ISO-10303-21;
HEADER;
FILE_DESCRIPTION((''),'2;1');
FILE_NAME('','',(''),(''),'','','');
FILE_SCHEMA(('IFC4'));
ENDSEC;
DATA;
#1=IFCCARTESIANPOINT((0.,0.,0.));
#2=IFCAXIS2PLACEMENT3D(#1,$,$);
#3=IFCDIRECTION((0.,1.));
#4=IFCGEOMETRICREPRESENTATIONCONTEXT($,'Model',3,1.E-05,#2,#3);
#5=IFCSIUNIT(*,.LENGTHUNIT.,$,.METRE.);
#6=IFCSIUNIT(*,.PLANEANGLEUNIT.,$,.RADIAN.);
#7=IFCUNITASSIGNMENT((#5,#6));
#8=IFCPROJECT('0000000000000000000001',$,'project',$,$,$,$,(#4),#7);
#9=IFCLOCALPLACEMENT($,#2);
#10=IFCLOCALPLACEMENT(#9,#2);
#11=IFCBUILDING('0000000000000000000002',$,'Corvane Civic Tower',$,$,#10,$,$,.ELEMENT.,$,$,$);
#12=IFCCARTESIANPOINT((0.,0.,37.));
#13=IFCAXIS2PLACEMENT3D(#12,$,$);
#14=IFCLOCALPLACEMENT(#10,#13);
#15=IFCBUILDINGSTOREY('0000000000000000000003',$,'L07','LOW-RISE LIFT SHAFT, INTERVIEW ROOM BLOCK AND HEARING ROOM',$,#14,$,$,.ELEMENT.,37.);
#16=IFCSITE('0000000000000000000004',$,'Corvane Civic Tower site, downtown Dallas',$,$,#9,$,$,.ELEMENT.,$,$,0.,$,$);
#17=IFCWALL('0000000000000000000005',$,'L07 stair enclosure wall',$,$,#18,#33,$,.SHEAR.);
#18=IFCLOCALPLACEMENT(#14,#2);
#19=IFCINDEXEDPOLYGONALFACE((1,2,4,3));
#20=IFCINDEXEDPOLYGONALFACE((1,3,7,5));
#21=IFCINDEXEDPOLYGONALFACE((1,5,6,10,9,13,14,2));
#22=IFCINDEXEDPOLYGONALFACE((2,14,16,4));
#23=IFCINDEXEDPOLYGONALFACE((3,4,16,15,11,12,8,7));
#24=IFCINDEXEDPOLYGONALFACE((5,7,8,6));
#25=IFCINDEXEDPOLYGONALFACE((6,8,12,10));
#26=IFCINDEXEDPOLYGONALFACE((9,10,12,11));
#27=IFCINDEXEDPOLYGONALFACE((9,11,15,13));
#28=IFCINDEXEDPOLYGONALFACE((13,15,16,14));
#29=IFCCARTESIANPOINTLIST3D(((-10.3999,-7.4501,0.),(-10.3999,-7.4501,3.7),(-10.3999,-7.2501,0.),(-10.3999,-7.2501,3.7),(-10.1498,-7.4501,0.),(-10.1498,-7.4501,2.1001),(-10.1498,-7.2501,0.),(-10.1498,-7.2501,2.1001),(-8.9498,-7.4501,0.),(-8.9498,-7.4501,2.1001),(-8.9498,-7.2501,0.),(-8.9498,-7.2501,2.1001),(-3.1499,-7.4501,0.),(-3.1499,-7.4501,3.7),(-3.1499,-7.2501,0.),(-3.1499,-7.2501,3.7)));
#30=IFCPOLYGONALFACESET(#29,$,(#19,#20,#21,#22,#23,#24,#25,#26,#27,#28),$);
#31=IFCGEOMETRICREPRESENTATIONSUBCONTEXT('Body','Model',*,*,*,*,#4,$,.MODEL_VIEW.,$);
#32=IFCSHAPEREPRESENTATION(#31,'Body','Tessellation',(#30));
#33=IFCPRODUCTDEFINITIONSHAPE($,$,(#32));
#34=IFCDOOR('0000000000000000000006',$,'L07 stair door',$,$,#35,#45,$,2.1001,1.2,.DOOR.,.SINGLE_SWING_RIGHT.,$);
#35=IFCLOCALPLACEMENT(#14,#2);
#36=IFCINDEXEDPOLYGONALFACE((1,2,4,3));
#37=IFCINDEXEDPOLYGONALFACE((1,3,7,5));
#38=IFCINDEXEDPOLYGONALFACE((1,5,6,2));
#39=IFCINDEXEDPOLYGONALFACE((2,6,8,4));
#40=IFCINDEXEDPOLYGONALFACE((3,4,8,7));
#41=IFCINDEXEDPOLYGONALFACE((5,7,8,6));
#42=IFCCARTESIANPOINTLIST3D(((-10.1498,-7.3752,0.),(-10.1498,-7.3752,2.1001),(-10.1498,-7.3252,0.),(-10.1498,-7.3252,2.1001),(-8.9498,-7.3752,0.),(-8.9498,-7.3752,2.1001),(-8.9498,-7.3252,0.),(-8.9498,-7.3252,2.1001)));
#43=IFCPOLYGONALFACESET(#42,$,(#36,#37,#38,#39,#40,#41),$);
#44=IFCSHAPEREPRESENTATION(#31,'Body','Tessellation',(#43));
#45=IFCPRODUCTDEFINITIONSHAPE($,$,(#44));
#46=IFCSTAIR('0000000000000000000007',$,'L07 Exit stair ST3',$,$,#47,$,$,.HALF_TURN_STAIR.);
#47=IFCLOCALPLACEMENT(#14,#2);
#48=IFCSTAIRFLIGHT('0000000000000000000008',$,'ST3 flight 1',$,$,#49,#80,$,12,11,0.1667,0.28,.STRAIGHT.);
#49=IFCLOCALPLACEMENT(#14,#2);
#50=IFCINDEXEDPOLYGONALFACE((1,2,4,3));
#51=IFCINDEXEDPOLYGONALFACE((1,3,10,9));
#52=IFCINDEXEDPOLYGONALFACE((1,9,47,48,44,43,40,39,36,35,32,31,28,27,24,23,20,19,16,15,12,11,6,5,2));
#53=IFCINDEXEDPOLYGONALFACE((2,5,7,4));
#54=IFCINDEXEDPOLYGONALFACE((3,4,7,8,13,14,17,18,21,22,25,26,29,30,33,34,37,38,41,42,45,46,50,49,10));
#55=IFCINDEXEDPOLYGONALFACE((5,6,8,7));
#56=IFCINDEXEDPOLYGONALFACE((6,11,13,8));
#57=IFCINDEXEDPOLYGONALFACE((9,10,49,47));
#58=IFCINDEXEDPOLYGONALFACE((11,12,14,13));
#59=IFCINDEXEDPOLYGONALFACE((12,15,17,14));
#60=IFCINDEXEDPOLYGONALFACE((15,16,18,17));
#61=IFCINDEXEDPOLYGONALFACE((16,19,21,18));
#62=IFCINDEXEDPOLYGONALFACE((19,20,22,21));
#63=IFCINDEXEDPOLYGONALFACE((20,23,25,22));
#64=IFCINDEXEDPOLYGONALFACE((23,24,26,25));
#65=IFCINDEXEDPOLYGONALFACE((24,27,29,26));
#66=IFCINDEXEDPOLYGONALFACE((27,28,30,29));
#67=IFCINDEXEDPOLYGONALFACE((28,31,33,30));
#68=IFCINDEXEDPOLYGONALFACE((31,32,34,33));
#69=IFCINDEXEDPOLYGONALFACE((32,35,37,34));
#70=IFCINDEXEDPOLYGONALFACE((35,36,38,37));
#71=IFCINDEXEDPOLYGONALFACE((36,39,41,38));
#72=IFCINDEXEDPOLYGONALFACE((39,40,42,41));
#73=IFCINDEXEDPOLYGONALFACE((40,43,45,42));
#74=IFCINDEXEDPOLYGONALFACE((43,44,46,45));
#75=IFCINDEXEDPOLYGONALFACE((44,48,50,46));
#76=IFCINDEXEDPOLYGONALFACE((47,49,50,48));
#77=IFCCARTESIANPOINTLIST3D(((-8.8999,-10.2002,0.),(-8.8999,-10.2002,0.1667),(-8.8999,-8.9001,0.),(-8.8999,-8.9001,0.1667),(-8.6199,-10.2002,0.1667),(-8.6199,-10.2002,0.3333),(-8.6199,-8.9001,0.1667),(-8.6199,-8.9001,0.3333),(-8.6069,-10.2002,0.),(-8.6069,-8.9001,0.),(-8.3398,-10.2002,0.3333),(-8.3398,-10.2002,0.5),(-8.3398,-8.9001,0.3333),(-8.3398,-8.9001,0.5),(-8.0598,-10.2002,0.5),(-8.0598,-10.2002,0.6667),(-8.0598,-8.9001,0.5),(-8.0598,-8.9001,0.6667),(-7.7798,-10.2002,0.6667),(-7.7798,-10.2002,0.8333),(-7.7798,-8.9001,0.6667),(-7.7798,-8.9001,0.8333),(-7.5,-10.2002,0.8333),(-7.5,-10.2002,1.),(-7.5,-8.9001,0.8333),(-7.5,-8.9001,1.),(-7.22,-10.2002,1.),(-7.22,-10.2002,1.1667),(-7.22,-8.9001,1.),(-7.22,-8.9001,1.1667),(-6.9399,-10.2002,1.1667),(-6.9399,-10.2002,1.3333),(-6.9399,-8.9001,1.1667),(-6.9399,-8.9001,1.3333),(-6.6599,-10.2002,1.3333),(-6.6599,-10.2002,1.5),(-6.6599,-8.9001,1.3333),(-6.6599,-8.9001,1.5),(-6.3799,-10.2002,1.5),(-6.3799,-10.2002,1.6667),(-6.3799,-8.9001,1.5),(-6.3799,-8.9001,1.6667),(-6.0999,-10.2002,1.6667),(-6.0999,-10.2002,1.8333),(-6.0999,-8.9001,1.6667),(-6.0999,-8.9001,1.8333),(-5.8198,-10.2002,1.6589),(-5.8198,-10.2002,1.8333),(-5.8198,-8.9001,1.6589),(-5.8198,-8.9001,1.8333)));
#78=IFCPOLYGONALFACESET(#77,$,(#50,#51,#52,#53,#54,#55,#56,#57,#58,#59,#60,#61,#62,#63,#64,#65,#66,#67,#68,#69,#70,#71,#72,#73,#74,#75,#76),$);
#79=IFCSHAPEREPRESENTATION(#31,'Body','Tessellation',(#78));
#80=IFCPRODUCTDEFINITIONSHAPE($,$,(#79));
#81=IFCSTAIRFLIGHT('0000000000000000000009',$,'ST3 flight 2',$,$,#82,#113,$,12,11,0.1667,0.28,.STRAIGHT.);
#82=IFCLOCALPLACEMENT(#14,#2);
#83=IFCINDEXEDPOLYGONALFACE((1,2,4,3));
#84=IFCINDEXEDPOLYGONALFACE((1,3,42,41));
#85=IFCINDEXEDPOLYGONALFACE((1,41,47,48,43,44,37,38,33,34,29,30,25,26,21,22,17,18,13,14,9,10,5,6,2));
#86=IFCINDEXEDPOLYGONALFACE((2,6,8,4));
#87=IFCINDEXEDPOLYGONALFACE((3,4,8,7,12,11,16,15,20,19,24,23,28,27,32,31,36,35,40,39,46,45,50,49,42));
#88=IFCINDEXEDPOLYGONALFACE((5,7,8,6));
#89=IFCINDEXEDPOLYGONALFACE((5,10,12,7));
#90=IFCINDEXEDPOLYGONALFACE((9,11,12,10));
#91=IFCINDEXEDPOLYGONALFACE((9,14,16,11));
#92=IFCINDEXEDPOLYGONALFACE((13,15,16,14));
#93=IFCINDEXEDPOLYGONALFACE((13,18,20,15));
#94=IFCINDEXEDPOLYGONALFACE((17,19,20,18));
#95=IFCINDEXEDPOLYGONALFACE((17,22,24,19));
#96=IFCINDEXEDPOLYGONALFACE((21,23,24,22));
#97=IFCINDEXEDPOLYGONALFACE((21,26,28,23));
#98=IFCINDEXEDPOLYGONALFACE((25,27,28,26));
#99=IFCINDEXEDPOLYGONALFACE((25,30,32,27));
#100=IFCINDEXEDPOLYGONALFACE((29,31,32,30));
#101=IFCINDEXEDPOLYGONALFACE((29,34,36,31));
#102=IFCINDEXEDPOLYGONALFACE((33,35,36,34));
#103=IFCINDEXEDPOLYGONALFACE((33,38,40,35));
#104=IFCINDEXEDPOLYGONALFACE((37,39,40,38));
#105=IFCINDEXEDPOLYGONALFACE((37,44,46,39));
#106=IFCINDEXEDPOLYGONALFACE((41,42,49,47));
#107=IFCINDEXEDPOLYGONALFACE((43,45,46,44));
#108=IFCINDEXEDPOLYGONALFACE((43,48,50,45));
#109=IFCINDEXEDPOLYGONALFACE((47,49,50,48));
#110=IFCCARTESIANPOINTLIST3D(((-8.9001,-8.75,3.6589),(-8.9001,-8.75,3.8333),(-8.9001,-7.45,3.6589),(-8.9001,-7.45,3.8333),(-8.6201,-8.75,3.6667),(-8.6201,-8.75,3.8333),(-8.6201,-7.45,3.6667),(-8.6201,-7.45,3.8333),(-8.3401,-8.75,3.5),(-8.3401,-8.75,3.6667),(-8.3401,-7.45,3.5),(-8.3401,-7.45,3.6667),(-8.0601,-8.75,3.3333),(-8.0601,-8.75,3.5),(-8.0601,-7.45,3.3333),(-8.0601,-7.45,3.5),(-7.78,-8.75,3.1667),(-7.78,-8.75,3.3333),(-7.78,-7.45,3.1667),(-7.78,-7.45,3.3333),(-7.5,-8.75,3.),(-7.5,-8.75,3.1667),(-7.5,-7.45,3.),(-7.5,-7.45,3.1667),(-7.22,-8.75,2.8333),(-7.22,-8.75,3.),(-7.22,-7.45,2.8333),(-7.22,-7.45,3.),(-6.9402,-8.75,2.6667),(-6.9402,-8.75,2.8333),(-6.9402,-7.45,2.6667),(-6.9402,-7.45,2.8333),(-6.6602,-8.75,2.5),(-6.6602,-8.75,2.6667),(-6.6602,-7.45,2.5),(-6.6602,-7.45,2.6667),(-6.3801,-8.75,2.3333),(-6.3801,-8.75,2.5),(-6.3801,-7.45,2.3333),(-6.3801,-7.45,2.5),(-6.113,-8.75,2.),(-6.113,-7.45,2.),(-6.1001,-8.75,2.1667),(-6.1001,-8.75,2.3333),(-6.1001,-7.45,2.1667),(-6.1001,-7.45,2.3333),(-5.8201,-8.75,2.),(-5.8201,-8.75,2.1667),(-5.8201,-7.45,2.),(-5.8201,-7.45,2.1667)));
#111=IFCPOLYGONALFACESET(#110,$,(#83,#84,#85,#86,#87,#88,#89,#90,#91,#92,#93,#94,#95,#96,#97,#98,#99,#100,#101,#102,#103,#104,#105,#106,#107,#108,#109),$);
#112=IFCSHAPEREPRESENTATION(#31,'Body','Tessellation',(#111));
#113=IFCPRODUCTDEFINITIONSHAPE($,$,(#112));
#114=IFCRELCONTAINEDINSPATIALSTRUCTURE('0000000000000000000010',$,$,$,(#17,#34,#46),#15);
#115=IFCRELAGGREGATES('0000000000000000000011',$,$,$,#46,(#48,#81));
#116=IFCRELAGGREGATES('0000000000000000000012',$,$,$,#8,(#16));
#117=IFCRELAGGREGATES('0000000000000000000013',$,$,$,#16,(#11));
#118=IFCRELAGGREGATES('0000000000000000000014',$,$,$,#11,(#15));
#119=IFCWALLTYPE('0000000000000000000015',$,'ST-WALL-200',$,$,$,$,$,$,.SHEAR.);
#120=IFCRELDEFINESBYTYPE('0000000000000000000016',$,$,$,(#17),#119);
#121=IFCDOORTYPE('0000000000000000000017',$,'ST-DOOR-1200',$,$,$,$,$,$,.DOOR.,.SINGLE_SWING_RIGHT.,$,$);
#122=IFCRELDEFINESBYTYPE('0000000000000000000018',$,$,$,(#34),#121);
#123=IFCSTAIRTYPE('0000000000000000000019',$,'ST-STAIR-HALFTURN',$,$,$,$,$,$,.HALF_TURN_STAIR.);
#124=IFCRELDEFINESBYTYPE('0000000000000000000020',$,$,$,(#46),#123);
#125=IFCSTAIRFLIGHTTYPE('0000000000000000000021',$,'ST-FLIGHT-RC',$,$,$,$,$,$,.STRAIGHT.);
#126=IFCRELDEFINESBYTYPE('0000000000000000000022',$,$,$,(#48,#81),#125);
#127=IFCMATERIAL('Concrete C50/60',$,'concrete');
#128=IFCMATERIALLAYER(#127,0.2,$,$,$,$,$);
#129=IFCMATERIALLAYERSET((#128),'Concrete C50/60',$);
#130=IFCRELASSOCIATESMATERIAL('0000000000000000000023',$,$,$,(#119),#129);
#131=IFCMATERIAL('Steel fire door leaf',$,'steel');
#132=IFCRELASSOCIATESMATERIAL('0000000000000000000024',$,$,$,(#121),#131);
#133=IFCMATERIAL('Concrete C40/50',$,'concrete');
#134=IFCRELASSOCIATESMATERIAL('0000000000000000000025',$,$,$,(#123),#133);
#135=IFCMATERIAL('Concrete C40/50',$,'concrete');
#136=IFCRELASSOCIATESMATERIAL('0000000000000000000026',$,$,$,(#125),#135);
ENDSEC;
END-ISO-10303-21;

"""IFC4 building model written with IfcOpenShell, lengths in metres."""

from ifc_helpers import new_model, si_unit, direction, frame, frame_2d, origin, place, context, subcontext, project, spatial, polyline, rectangle, outline, extrude, material, layer, layer_set, type_object, element, fill, aggregate, save


model = new_model("IFC4")

# Units and contexts
model_context = context("Model", 3, precision=1e-05, world=origin(), true_north=direction((0.0, 1.0)))
body_context = subcontext(model_context, "Body", "Model", "MODEL_VIEW")
ifc_project = project(units=[si_unit("LENGTHUNIT", "METRE"), si_unit("PLANEANGLEUNIT", "RADIAN")], contexts=[model_context])

# Site, building, storey
site_placement = place(None, origin())
site = spatial("IfcSite", under=ifc_project, at=site_placement, Name="Corvane Civic Tower site, downtown Dallas", CompositionType="ELEMENT", RefElevation=0.0)
building_placement = place(site_placement, origin())
building = spatial("IfcBuilding", under=site, at=building_placement, Name="Corvane Civic Tower", CompositionType="ELEMENT")
storey_placement = place(building_placement, frame((0.0, 0.0, 37.0)))
storey = spatial("IfcBuildingStorey", under=building, at=storey_placement, Name="L07", Description="LOW-RISE LIFT SHAFT, INTERVIEW ROOM BLOCK AND HEARING ROOM", CompositionType="ELEMENT", Elevation=37.0)

# Wall, opening, door
ifc_material_1 = material(Name="Concrete C50/60", Category="concrete")
ifc_layer_1 = layer(ifc_material_1, 0.2)
ifc_layer_set_1 = layer_set([ifc_layer_1], Name="Concrete C50/60")
wall_type_1 = type_object("IfcWallType", Name="ST-WALL-200", PredefinedType="SHEAR", material=ifc_layer_set_1)
wall_1_placement = place(storey_placement, frame((-10.3999, -7.3501, 0.0), z_axis=(0.0, 0.0, 1.0), x_axis=(1.0, 0.0, 0.0)))
wall_1 = element("IfcWall", 1, at=wall_1_placement, inside=storey, type_object=wall_type_1, Name="L07 stair enclosure wall", PredefinedType="SHEAR", context=body_context, shape_type="SweptSolid", body=[
    extrude(rectangle(XDim=7.25, YDim=0.2, at=frame_2d((3.625, 0.0))), origin(), (0.0, 0.0, 1.0), 3.7),
])
opening_1_placement = place(wall_1_placement, frame((0.25, 0.0, 0.0)))
opening_1 = element("IfcOpeningElement", 2, at=opening_1_placement, cuts=wall_1, PredefinedType="OPENING", context=body_context, shape_type="SweptSolid", body=[
    extrude(rectangle(XDim=1.2, YDim=2.1001, at=frame_2d((0.6001, 1.05))), frame((0.0, 0.1099, 0.0), z_axis=(0.0, -1.0, 0.0), x_axis=(1.0, 0.0, 0.0)), (0.0, 0.0, 1.0), 0.22),
])
ifc_material_2 = material(Name="Steel fire door leaf", Category="steel")
door_type_1 = type_object("IfcDoorType", Name="ST-DOOR-1200", OperationType="SINGLE_SWING_RIGHT", PredefinedType="DOOR", material=ifc_material_2)
door_1_placement = place(opening_1_placement, origin())
door_1 = element("IfcDoor", 3, at=door_1_placement, inside=storey, type_object=door_type_1, Name="L07 stair door", OperationType="SINGLE_SWING_RIGHT", OverallHeight=2.1001, OverallWidth=1.2, PredefinedType="DOOR", context=body_context, shape_type="SweptSolid", body=[
    extrude(rectangle(XDim=1.2, YDim=2.1001, at=frame_2d((0.6001, 1.05))), frame((0.0, 0.0249, 0.0), z_axis=(0.0, -1.0, 0.0), x_axis=(1.0, 0.0, 0.0)), (0.0, 0.0, 1.0), 0.05),
])
fill(opening_1, door_1)

# Stair, stair flights
ifc_material_3 = material(Name="Concrete C40/50", Category="concrete")
stair_type = type_object("IfcStairType", Name="ST-STAIR-HALFTURN", PredefinedType="HALF_TURN_STAIR", material=ifc_material_3)
stair_placement = place(storey_placement, origin())
stair = element("IfcStair", 4, at=stair_placement, inside=storey, type_object=stair_type, Name="L07 Exit stair ST3", PredefinedType="HALF_TURN_STAIR")
ifc_material_4 = material(Name="Concrete C40/50", Category="concrete")
stair_flight_type = type_object("IfcStairFlightType", Name="ST-FLIGHT-RC", PredefinedType="STRAIGHT", material=ifc_material_4)
stair_flight_1_placement = place(storey_placement, frame((-8.8999, -9.55, 0.0), z_axis=(0.0, 0.0, 1.0), x_axis=(1.0, 0.0, 0.0)))
stair_flight_1 = element("IfcStairFlight", 5, at=stair_flight_1_placement, type_object=stair_flight_type, Name="ST3 flight 1", NumberOfRisers=12, NumberOfTreads=11, PredefinedType="STRAIGHT", RiserHeight=0.1667, TreadLength=0.28, context=body_context, shape_type="SweptSolid", body=[
    extrude(outline(polyline([(0.0, 0.0), (0.0, 0.1667), (0.28, 0.1667), (0.28, 0.3333), (0.5601, 0.3333), (0.5601, 0.5), (0.8401, 0.5), (0.8401, 0.6667), (1.1201, 0.6667), (1.1201, 0.8333), (1.3999, 0.8333), (1.3999, 1.0), (1.6799, 1.0), (1.6799, 1.1667), (1.96, 1.1667), (1.96, 1.3333), (2.24, 1.3333), (2.24, 1.5), (2.52, 1.5), (2.52, 1.6667), (2.8, 1.6667), (2.8, 1.8333), (3.0801, 1.8333), (3.0801, 2.0), (3.0801, 1.6589), (0.293, 0.0), (0.0, 0.0)])), frame((0.0, 0.6499, 0.0), z_axis=(0.0, -1.0, 0.0), x_axis=(1.0, 0.0, 0.0)), (0.0, 0.0, 1.0), 1.3),
])
stair_flight_2_placement = place(storey_placement, frame((-5.8201, -8.1001, 2.0), z_axis=(0.0, 0.0, 1.0), x_axis=(-1.0, 0.0, 0.0)))
stair_flight_2 = element("IfcStairFlight", 6, at=stair_flight_2_placement, type_object=stair_flight_type, Name="ST3 flight 2", NumberOfRisers=12, NumberOfTreads=11, PredefinedType="STRAIGHT", RiserHeight=0.1667, TreadLength=0.28, context=body_context, shape_type="SweptSolid", body=[
    extrude(outline(polyline([(0.0, 0.0), (0.0, 0.1667), (0.28, 0.1667), (0.28, 0.3333), (0.5601, 0.3333), (0.5601, 0.5), (0.8401, 0.5), (0.8401, 0.6667), (1.1201, 0.6667), (1.1201, 0.8333), (1.3999, 0.8333), (1.3999, 1.0), (1.6799, 1.0), (1.6799, 1.1667), (1.96, 1.1667), (1.96, 1.3333), (2.24, 1.3333), (2.24, 1.5), (2.52, 1.5), (2.52, 1.6667), (2.8, 1.6667), (2.8, 1.8333), (3.0801, 1.8333), (3.0801, 2.0), (3.0801, 1.6589), (0.293, 0.0), (0.0, 0.0)])), frame((0.0, 0.6499, 0.0), z_axis=(0.0, -1.0, 0.0), x_axis=(1.0, 0.0, 0.0)), (0.0, 0.0, 1.0), 1.3),
])
aggregate(stair, [stair_flight_1, stair_flight_2])

save(model, "model.ifc")
